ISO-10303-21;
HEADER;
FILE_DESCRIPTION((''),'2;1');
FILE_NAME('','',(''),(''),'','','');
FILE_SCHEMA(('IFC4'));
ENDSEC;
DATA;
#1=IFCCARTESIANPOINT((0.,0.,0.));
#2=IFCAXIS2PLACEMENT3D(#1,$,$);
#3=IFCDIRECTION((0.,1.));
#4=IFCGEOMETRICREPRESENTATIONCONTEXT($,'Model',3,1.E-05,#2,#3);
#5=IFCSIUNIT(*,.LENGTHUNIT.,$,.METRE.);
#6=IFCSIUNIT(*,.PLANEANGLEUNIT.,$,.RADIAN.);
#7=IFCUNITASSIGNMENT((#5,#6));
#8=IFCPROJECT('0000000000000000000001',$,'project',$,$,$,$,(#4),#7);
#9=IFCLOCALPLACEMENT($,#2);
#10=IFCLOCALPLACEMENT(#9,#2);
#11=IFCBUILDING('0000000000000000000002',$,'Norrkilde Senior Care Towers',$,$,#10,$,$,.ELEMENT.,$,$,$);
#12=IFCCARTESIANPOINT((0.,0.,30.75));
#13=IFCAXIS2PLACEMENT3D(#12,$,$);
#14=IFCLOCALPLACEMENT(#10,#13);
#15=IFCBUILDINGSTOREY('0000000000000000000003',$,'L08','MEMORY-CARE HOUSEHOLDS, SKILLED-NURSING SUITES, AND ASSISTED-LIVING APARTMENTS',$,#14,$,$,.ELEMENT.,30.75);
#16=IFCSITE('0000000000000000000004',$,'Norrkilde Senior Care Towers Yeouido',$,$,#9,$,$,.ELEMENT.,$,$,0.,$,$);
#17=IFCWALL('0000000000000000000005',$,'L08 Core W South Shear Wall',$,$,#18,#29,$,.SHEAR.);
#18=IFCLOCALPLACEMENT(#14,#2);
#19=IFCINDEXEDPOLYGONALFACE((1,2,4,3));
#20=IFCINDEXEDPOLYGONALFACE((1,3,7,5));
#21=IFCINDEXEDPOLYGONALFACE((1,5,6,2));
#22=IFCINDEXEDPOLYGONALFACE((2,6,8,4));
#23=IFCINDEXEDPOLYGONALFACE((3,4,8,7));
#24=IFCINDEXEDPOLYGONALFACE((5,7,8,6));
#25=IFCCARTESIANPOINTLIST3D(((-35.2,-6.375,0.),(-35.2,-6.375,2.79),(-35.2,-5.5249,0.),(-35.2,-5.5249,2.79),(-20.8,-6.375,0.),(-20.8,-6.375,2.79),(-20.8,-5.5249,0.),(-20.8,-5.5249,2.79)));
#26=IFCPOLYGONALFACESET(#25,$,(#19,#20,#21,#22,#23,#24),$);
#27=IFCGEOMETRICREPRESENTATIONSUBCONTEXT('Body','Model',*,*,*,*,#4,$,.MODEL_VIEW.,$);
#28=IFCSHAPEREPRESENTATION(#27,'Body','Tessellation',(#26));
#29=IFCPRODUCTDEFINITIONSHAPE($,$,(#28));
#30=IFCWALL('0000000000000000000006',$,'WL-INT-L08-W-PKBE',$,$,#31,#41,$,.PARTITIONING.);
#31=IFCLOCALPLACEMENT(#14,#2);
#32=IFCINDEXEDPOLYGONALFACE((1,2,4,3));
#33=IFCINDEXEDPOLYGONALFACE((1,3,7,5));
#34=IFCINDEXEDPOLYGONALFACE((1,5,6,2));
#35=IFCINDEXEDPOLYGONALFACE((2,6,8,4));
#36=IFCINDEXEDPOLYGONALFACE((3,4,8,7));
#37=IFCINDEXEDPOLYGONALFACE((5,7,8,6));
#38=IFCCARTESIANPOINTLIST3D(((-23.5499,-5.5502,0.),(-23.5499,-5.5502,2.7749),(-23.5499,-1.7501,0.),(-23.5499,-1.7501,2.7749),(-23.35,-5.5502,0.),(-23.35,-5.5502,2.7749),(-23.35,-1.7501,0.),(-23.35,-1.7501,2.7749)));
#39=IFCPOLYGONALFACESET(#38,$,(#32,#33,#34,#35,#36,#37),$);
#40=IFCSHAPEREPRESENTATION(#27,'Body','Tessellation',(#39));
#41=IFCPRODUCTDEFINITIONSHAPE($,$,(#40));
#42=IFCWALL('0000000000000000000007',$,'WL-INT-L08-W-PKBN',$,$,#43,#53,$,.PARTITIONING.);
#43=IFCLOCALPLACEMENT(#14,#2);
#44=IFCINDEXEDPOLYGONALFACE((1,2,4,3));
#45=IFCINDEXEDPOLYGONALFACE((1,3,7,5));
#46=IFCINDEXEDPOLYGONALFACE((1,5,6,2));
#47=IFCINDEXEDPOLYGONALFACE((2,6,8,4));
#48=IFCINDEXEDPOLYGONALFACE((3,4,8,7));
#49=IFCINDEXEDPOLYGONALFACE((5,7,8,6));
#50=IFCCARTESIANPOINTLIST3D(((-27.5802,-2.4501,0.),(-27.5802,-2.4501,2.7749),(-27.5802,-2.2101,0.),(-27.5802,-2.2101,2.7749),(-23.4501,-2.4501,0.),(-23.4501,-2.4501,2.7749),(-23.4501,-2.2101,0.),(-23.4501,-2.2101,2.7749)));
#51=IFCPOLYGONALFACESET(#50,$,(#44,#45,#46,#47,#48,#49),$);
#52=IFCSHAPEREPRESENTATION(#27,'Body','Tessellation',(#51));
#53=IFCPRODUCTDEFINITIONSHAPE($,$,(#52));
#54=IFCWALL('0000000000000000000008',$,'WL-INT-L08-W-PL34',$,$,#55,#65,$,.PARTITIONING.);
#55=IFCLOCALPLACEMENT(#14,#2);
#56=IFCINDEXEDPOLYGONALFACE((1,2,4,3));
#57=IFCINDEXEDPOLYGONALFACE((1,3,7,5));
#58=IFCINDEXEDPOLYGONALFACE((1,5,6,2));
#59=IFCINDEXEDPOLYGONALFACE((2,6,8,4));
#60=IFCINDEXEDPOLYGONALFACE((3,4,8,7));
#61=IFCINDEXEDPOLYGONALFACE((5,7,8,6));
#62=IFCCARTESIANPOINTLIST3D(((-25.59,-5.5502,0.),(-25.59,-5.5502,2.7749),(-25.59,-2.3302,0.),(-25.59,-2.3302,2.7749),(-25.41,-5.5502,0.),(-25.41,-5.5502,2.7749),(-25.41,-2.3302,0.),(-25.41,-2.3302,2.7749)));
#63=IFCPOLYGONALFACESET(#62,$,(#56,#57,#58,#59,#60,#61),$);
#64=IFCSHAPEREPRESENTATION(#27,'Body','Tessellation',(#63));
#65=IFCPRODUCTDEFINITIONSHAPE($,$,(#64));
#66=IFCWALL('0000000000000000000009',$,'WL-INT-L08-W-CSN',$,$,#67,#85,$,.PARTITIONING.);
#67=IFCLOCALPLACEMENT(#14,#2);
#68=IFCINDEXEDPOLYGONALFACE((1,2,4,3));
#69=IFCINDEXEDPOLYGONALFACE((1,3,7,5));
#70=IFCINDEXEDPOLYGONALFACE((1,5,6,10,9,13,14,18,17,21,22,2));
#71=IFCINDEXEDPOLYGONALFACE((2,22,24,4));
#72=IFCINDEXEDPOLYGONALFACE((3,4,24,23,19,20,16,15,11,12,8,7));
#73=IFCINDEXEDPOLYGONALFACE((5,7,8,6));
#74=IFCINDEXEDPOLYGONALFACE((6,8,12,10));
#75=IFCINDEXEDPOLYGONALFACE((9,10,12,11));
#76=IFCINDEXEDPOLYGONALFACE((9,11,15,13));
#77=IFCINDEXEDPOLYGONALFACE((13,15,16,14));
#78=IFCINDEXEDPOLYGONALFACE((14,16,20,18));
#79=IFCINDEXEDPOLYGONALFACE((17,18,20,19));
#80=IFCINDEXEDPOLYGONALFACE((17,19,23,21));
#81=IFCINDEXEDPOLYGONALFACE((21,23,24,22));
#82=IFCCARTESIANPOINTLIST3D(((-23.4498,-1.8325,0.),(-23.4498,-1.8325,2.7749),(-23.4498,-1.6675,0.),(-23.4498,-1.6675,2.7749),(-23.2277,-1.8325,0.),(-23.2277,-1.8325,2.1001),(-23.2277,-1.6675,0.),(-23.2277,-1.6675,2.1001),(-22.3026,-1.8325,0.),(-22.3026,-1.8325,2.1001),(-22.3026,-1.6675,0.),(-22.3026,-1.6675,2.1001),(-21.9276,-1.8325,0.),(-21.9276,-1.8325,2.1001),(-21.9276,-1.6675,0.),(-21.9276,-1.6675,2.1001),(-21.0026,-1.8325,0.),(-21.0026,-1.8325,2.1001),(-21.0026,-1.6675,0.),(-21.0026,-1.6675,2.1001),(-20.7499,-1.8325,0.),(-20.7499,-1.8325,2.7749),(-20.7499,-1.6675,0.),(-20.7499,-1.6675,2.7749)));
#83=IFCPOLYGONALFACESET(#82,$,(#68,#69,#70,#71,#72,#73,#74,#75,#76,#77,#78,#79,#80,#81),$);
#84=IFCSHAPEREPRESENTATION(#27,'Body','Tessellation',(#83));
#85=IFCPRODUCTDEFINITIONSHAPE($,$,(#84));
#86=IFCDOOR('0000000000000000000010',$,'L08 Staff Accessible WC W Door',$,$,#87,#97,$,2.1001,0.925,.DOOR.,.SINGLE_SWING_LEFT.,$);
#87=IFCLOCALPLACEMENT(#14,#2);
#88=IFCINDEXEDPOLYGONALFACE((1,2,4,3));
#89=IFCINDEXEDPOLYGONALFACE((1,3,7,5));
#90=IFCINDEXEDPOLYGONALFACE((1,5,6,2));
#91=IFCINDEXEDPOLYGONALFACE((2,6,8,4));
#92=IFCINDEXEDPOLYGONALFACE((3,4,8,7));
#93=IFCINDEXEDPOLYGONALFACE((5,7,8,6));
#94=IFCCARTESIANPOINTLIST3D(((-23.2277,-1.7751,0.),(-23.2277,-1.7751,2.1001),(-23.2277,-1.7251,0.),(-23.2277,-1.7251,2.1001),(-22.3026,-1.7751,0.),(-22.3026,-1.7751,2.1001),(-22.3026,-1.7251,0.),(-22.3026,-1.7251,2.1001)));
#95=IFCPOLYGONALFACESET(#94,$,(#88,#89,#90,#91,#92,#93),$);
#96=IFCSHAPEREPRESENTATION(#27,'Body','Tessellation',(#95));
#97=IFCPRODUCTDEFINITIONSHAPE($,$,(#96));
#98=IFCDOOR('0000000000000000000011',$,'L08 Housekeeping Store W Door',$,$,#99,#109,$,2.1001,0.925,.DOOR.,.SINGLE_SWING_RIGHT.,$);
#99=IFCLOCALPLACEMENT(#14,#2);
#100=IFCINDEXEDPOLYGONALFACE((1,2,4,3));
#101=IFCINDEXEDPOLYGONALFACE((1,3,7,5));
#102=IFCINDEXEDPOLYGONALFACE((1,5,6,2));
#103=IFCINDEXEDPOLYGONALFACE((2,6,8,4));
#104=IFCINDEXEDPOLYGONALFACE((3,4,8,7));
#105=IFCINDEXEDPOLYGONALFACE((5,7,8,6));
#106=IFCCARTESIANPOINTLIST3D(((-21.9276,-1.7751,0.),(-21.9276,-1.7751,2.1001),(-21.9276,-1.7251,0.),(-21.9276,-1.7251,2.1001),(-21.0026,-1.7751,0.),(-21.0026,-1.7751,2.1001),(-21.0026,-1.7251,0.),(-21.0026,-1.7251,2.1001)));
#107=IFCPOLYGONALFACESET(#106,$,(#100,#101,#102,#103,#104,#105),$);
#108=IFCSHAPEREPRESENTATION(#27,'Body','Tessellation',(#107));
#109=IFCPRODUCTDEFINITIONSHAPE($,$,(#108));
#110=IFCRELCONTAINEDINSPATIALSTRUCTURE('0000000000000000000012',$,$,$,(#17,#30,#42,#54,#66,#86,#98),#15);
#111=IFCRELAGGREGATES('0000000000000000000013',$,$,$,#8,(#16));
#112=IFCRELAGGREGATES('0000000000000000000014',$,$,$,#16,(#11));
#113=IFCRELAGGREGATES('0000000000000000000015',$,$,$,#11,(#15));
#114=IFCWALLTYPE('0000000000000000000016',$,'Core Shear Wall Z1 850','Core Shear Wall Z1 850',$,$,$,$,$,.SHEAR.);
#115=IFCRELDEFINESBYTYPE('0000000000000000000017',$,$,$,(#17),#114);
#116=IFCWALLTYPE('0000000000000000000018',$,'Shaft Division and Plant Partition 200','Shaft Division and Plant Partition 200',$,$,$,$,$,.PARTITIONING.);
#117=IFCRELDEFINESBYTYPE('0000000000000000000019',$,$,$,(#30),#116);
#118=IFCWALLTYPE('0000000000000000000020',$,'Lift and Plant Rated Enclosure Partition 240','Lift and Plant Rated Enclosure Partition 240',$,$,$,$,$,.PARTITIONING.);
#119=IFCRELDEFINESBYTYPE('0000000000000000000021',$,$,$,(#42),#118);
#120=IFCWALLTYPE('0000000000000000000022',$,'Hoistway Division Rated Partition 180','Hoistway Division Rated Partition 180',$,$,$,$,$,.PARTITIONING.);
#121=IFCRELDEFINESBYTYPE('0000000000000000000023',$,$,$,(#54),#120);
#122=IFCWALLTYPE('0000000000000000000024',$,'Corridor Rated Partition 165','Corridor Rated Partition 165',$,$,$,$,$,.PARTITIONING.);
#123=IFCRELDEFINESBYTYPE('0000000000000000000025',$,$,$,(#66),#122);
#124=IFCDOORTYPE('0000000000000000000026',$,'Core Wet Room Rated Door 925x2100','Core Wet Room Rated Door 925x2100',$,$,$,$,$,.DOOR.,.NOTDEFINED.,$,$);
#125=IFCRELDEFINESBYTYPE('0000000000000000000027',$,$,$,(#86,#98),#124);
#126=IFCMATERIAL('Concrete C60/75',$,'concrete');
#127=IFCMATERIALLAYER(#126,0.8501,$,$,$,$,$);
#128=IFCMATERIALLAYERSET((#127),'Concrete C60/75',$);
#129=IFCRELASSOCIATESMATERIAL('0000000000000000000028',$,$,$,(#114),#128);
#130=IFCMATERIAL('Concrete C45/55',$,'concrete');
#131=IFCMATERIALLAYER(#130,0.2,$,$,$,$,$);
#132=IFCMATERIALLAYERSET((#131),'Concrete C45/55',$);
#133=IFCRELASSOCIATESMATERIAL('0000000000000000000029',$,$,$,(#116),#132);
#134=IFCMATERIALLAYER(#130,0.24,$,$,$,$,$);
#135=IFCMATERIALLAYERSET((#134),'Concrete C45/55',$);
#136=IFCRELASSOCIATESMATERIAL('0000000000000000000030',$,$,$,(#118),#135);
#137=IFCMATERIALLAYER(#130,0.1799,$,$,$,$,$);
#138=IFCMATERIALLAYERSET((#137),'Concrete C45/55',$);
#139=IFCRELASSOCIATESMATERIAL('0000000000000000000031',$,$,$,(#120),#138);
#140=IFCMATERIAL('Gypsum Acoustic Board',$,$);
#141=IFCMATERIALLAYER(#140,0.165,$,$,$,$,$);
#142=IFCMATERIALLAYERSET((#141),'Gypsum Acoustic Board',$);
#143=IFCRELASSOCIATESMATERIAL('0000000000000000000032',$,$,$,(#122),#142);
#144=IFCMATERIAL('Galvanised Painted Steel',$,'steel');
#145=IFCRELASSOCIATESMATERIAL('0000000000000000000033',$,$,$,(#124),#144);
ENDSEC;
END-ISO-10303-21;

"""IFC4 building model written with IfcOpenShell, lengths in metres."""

from ifc_helpers import new_model, si_unit, direction, frame, frame_2d, origin, place, context, subcontext, project, spatial, rectangle, extrude, source, transform, mapped, material, layer, layer_set, type_object, type_shapes, element, fill, save


model = new_model("IFC4")

# Units and contexts
model_context = context("Model", 3, precision=1e-05, world=origin(), true_north=direction((0.0, 1.0)))
body_context = subcontext(model_context, "Body", "Model", "MODEL_VIEW")
ifc_project = project(units=[si_unit("LENGTHUNIT", "METRE"), si_unit("PLANEANGLEUNIT", "RADIAN")], contexts=[model_context])

# Site, building, storey
site_placement = place(None, origin())
site = spatial("IfcSite", under=ifc_project, at=site_placement, Name="Norrkilde Senior Care Towers Yeouido", CompositionType="ELEMENT", RefElevation=0.0)
building_placement = place(site_placement, origin())
building = spatial("IfcBuilding", under=site, at=building_placement, Name="Norrkilde Senior Care Towers", CompositionType="ELEMENT")
storey_placement = place(building_placement, frame((0.0, 0.0, 30.75)))
storey = spatial("IfcBuildingStorey", under=building, at=storey_placement, Name="L08", Description="MEMORY-CARE HOUSEHOLDS, SKILLED-NURSING SUITES, AND ASSISTED-LIVING APARTMENTS", CompositionType="ELEMENT", Elevation=30.75)

# Shared definitions
ifc_material_1 = material(Name="Concrete C60/75", Category="concrete")

# Walls
ifc_layer_1 = layer(ifc_material_1, 0.8501)
ifc_layer_set_1 = layer_set([ifc_layer_1], Name="Concrete C60/75")
wall_type_1 = type_object("IfcWallType", Name="Core Shear Wall Z1 850", Description="Core Shear Wall Z1 850", PredefinedType="SHEAR", material=ifc_layer_set_1)
shared_shape_1 = source(origin(), body_context, "Body", "SweptSolid", [
    extrude(rectangle(XDim=14.3999, YDim=0.8501, at=frame_2d((7.2, 0.0))), origin(), (0.0, 0.0, 1.0), 2.79),
])
type_shapes(wall_type_1, [shared_shape_1])
wall_1_placement = place(storey_placement, frame((-20.8, -5.95, 0.0), z_axis=(0.0, 0.0, 1.0), x_axis=(-1.0, 0.0, 0.0)))
element("IfcWall", 1, at=wall_1_placement, inside=storey, type_object=wall_type_1, Name="L08 Core W South Shear Wall", PredefinedType="SHEAR", context=body_context, shape_type="MappedRepresentation", body=[
    mapped(shared_shape_1, transform((0.0, 0.0, 0.0), x_axis=(1.0, 0.0, 0.0), y_axis=(0.0, 1.0, 0.0), z_axis=(0.0, 0.0, 1.0), scale=1.0)),
])
ifc_material_2 = material(Name="Concrete C45/55", Category="concrete")
ifc_layer_2 = layer(ifc_material_2, 0.2)
ifc_layer_set_2 = layer_set([ifc_layer_2], Name="Concrete C45/55")
wall_type_2 = type_object("IfcWallType", Name="Shaft Division and Plant Partition 200", Description="Shaft Division and Plant Partition 200", PredefinedType="PARTITIONING", material=ifc_layer_set_2)
shared_shape_2 = source(origin(), body_context, "Body", "SweptSolid", [
    extrude(rectangle(XDim=3.8, YDim=0.2, at=frame_2d((1.8999, 0.0))), origin(), (0.0, 0.0, 1.0), 2.7749),
])
type_shapes(wall_type_2, [shared_shape_2])
wall_2_placement = place(storey_placement, frame((-23.45, -5.55, 0.0), z_axis=(0.0, 0.0, 1.0), x_axis=(0.0, 1.0, 0.0)))
element("IfcWall", 2, at=wall_2_placement, inside=storey, type_object=wall_type_2, Name="WL-INT-L08-W-PKBE", PredefinedType="PARTITIONING", context=body_context, shape_type="MappedRepresentation", body=[
    mapped(shared_shape_2, transform((0.0, 0.0, 0.0), x_axis=(1.0, 0.0, 0.0), y_axis=(0.0, 1.0, 0.0), z_axis=(0.0, 0.0, 1.0), scale=1.0)),
])
ifc_layer_3 = layer(ifc_material_2, 0.24)
ifc_layer_set_3 = layer_set([ifc_layer_3], Name="Concrete C45/55")
wall_type_3 = type_object("IfcWallType", Name="Lift and Plant Rated Enclosure Partition 240", Description="Lift and Plant Rated Enclosure Partition 240", PredefinedType="PARTITIONING", material=ifc_layer_set_3)
shared_shape_3 = source(origin(), body_context, "Body", "SweptSolid", [
    extrude(rectangle(XDim=4.1301, YDim=0.24, at=frame_2d((2.0649, 0.0))), origin(), (0.0, 0.0, 1.0), 2.7749),
])
type_shapes(wall_type_3, [shared_shape_3])
wall_3_placement = place(storey_placement, frame((-27.5801, -2.3301, 0.0), z_axis=(0.0, 0.0, 1.0), x_axis=(1.0, 0.0, 0.0)))
element("IfcWall", 3, at=wall_3_placement, inside=storey, type_object=wall_type_3, Name="WL-INT-L08-W-PKBN", PredefinedType="PARTITIONING", context=body_context, shape_type="MappedRepresentation", body=[
    mapped(shared_shape_3, transform((0.0, 0.0, 0.0), x_axis=(1.0, 0.0, 0.0), y_axis=(0.0, 1.0, 0.0), z_axis=(0.0, 0.0, 1.0), scale=1.0)),
])
ifc_layer_4 = layer(ifc_material_2, 0.1799)
ifc_layer_set_4 = layer_set([ifc_layer_4], Name="Concrete C45/55")
wall_type_4 = type_object("IfcWallType", Name="Hoistway Division Rated Partition 180", Description="Hoistway Division Rated Partition 180", PredefinedType="PARTITIONING", material=ifc_layer_set_4)
shared_shape_4 = source(origin(), body_context, "Body", "SweptSolid", [
    extrude(rectangle(XDim=3.22, YDim=0.1799, at=frame_2d((1.6099, 0.0))), origin(), (0.0, 0.0, 1.0), 2.7749),
])
type_shapes(wall_type_4, [shared_shape_4])
wall_4_placement = place(storey_placement, frame((-25.5, -5.55, 0.0), z_axis=(0.0, 0.0, 1.0), x_axis=(0.0, 1.0, 0.0)))
element("IfcWall", 4, at=wall_4_placement, inside=storey, type_object=wall_type_4, Name="WL-INT-L08-W-PL34", PredefinedType="PARTITIONING", context=body_context, shape_type="MappedRepresentation", body=[
    mapped(shared_shape_4, transform((0.0, 0.0, 0.0), x_axis=(1.0, 0.0, 0.0), y_axis=(0.0, 1.0, 0.0), z_axis=(0.0, 0.0, 1.0), scale=1.0)),
])

# Wall, openings, doors
ifc_material_3 = material(Name="Gypsum Acoustic Board")
ifc_layer_5 = layer(ifc_material_3, 0.165)
ifc_layer_set_5 = layer_set([ifc_layer_5], Name="Gypsum Acoustic Board")
wall_type_5 = type_object("IfcWallType", Name="Corridor Rated Partition 165", Description="Corridor Rated Partition 165", PredefinedType="PARTITIONING", material=ifc_layer_set_5)
shared_shape_5 = source(origin(), body_context, "Body", "SweptSolid", [
    extrude(rectangle(XDim=2.7, YDim=0.165, at=frame_2d((1.3501, 0.0))), origin(), (0.0, 0.0, 1.0), 2.7749),
])
wall_5_placement = place(storey_placement, frame((-23.45, -1.75, 0.0), z_axis=(0.0, 0.0, 1.0), x_axis=(1.0, 0.0, 0.0)))
wall_5 = element("IfcWall", 5, at=wall_5_placement, inside=storey, type_object=wall_type_5, Name="WL-INT-L08-W-CSN", PredefinedType="PARTITIONING", context=body_context, shape_type="MappedRepresentation", body=[
    mapped(shared_shape_5, transform((0.0, 0.0, 0.0), x_axis=(1.0, 0.0, 0.0), y_axis=(0.0, 1.0, 0.0), z_axis=(0.0, 0.0, 1.0), scale=1.0)),
])
opening_1_placement = place(wall_5_placement, frame((0.2224, 0.0, 0.0)))
opening_1 = element("IfcOpeningElement", 6, at=opening_1_placement, cuts=wall_5, PredefinedType="OPENING", context=body_context, shape_type="SweptSolid", body=[
    extrude(rectangle(XDim=0.925, YDim=2.1001, at=frame_2d((0.4624, 1.05))), frame((0.0, 0.0925, 0.0), z_axis=(0.0, -1.0, 0.0), x_axis=(1.0, 0.0, 0.0)), (0.0, 0.0, 1.0), 0.1851),
])
opening_2_placement = place(wall_5_placement, frame((1.5225, 0.0, 0.0)))
opening_2 = element("IfcOpeningElement", 7, at=opening_2_placement, cuts=wall_5, PredefinedType="OPENING", context=body_context, shape_type="SweptSolid", body=[
    extrude(rectangle(XDim=0.925, YDim=2.1001, at=frame_2d((0.4624, 1.05))), frame((0.0, 0.0925, 0.0), z_axis=(0.0, -1.0, 0.0), x_axis=(1.0, 0.0, 0.0)), (0.0, 0.0, 1.0), 0.1851),
])
ifc_material_4 = material(Name="Galvanised Painted Steel", Category="steel")
door_type_1 = type_object("IfcDoorType", Name="Core Wet Room Rated Door 925x2100", Description="Core Wet Room Rated Door 925x2100", OperationType="NOTDEFINED", PredefinedType="DOOR", material=ifc_material_4)
shared_shape_6 = source(origin(), body_context, "Body", "SweptSolid", [
    extrude(rectangle(XDim=0.925, YDim=2.1001, at=frame_2d((0.4624, 1.05))), frame((0.0, 0.0249, 0.0), z_axis=(0.0, -1.0, 0.0), x_axis=(1.0, 0.0, 0.0)), (0.0, 0.0, 1.0), 0.05),
])
type_shapes(door_type_1, [shared_shape_6])
door_1_placement = place(opening_1_placement, origin())
door_1 = element("IfcDoor", 8, at=door_1_placement, inside=storey, type_object=door_type_1, Name="L08 Staff Accessible WC W Door", OperationType="SINGLE_SWING_LEFT", OverallHeight=2.1001, OverallWidth=0.925, PredefinedType="DOOR", context=body_context, shape_type="MappedRepresentation", body=[
    mapped(shared_shape_6, transform((0.0, 0.0, 0.0), x_axis=(1.0, 0.0, 0.0), y_axis=(0.0, 1.0, 0.0), z_axis=(0.0, 0.0, 1.0), scale=1.0)),
])
fill(opening_1, door_1)
door_2_placement = place(opening_2_placement, origin())
door_2 = element("IfcDoor", 9, at=door_2_placement, inside=storey, type_object=door_type_1, Name="L08 Housekeeping Store W Door", OperationType="SINGLE_SWING_RIGHT", OverallHeight=2.1001, OverallWidth=0.925, PredefinedType="DOOR", context=body_context, shape_type="MappedRepresentation", body=[
    mapped(shared_shape_6, transform((0.0, 0.0, 0.0), x_axis=(1.0, 0.0, 0.0), y_axis=(0.0, 1.0, 0.0), z_axis=(0.0, 0.0, 1.0), scale=1.0)),
])
fill(opening_2, door_2)

save(model, "model.ifc")
